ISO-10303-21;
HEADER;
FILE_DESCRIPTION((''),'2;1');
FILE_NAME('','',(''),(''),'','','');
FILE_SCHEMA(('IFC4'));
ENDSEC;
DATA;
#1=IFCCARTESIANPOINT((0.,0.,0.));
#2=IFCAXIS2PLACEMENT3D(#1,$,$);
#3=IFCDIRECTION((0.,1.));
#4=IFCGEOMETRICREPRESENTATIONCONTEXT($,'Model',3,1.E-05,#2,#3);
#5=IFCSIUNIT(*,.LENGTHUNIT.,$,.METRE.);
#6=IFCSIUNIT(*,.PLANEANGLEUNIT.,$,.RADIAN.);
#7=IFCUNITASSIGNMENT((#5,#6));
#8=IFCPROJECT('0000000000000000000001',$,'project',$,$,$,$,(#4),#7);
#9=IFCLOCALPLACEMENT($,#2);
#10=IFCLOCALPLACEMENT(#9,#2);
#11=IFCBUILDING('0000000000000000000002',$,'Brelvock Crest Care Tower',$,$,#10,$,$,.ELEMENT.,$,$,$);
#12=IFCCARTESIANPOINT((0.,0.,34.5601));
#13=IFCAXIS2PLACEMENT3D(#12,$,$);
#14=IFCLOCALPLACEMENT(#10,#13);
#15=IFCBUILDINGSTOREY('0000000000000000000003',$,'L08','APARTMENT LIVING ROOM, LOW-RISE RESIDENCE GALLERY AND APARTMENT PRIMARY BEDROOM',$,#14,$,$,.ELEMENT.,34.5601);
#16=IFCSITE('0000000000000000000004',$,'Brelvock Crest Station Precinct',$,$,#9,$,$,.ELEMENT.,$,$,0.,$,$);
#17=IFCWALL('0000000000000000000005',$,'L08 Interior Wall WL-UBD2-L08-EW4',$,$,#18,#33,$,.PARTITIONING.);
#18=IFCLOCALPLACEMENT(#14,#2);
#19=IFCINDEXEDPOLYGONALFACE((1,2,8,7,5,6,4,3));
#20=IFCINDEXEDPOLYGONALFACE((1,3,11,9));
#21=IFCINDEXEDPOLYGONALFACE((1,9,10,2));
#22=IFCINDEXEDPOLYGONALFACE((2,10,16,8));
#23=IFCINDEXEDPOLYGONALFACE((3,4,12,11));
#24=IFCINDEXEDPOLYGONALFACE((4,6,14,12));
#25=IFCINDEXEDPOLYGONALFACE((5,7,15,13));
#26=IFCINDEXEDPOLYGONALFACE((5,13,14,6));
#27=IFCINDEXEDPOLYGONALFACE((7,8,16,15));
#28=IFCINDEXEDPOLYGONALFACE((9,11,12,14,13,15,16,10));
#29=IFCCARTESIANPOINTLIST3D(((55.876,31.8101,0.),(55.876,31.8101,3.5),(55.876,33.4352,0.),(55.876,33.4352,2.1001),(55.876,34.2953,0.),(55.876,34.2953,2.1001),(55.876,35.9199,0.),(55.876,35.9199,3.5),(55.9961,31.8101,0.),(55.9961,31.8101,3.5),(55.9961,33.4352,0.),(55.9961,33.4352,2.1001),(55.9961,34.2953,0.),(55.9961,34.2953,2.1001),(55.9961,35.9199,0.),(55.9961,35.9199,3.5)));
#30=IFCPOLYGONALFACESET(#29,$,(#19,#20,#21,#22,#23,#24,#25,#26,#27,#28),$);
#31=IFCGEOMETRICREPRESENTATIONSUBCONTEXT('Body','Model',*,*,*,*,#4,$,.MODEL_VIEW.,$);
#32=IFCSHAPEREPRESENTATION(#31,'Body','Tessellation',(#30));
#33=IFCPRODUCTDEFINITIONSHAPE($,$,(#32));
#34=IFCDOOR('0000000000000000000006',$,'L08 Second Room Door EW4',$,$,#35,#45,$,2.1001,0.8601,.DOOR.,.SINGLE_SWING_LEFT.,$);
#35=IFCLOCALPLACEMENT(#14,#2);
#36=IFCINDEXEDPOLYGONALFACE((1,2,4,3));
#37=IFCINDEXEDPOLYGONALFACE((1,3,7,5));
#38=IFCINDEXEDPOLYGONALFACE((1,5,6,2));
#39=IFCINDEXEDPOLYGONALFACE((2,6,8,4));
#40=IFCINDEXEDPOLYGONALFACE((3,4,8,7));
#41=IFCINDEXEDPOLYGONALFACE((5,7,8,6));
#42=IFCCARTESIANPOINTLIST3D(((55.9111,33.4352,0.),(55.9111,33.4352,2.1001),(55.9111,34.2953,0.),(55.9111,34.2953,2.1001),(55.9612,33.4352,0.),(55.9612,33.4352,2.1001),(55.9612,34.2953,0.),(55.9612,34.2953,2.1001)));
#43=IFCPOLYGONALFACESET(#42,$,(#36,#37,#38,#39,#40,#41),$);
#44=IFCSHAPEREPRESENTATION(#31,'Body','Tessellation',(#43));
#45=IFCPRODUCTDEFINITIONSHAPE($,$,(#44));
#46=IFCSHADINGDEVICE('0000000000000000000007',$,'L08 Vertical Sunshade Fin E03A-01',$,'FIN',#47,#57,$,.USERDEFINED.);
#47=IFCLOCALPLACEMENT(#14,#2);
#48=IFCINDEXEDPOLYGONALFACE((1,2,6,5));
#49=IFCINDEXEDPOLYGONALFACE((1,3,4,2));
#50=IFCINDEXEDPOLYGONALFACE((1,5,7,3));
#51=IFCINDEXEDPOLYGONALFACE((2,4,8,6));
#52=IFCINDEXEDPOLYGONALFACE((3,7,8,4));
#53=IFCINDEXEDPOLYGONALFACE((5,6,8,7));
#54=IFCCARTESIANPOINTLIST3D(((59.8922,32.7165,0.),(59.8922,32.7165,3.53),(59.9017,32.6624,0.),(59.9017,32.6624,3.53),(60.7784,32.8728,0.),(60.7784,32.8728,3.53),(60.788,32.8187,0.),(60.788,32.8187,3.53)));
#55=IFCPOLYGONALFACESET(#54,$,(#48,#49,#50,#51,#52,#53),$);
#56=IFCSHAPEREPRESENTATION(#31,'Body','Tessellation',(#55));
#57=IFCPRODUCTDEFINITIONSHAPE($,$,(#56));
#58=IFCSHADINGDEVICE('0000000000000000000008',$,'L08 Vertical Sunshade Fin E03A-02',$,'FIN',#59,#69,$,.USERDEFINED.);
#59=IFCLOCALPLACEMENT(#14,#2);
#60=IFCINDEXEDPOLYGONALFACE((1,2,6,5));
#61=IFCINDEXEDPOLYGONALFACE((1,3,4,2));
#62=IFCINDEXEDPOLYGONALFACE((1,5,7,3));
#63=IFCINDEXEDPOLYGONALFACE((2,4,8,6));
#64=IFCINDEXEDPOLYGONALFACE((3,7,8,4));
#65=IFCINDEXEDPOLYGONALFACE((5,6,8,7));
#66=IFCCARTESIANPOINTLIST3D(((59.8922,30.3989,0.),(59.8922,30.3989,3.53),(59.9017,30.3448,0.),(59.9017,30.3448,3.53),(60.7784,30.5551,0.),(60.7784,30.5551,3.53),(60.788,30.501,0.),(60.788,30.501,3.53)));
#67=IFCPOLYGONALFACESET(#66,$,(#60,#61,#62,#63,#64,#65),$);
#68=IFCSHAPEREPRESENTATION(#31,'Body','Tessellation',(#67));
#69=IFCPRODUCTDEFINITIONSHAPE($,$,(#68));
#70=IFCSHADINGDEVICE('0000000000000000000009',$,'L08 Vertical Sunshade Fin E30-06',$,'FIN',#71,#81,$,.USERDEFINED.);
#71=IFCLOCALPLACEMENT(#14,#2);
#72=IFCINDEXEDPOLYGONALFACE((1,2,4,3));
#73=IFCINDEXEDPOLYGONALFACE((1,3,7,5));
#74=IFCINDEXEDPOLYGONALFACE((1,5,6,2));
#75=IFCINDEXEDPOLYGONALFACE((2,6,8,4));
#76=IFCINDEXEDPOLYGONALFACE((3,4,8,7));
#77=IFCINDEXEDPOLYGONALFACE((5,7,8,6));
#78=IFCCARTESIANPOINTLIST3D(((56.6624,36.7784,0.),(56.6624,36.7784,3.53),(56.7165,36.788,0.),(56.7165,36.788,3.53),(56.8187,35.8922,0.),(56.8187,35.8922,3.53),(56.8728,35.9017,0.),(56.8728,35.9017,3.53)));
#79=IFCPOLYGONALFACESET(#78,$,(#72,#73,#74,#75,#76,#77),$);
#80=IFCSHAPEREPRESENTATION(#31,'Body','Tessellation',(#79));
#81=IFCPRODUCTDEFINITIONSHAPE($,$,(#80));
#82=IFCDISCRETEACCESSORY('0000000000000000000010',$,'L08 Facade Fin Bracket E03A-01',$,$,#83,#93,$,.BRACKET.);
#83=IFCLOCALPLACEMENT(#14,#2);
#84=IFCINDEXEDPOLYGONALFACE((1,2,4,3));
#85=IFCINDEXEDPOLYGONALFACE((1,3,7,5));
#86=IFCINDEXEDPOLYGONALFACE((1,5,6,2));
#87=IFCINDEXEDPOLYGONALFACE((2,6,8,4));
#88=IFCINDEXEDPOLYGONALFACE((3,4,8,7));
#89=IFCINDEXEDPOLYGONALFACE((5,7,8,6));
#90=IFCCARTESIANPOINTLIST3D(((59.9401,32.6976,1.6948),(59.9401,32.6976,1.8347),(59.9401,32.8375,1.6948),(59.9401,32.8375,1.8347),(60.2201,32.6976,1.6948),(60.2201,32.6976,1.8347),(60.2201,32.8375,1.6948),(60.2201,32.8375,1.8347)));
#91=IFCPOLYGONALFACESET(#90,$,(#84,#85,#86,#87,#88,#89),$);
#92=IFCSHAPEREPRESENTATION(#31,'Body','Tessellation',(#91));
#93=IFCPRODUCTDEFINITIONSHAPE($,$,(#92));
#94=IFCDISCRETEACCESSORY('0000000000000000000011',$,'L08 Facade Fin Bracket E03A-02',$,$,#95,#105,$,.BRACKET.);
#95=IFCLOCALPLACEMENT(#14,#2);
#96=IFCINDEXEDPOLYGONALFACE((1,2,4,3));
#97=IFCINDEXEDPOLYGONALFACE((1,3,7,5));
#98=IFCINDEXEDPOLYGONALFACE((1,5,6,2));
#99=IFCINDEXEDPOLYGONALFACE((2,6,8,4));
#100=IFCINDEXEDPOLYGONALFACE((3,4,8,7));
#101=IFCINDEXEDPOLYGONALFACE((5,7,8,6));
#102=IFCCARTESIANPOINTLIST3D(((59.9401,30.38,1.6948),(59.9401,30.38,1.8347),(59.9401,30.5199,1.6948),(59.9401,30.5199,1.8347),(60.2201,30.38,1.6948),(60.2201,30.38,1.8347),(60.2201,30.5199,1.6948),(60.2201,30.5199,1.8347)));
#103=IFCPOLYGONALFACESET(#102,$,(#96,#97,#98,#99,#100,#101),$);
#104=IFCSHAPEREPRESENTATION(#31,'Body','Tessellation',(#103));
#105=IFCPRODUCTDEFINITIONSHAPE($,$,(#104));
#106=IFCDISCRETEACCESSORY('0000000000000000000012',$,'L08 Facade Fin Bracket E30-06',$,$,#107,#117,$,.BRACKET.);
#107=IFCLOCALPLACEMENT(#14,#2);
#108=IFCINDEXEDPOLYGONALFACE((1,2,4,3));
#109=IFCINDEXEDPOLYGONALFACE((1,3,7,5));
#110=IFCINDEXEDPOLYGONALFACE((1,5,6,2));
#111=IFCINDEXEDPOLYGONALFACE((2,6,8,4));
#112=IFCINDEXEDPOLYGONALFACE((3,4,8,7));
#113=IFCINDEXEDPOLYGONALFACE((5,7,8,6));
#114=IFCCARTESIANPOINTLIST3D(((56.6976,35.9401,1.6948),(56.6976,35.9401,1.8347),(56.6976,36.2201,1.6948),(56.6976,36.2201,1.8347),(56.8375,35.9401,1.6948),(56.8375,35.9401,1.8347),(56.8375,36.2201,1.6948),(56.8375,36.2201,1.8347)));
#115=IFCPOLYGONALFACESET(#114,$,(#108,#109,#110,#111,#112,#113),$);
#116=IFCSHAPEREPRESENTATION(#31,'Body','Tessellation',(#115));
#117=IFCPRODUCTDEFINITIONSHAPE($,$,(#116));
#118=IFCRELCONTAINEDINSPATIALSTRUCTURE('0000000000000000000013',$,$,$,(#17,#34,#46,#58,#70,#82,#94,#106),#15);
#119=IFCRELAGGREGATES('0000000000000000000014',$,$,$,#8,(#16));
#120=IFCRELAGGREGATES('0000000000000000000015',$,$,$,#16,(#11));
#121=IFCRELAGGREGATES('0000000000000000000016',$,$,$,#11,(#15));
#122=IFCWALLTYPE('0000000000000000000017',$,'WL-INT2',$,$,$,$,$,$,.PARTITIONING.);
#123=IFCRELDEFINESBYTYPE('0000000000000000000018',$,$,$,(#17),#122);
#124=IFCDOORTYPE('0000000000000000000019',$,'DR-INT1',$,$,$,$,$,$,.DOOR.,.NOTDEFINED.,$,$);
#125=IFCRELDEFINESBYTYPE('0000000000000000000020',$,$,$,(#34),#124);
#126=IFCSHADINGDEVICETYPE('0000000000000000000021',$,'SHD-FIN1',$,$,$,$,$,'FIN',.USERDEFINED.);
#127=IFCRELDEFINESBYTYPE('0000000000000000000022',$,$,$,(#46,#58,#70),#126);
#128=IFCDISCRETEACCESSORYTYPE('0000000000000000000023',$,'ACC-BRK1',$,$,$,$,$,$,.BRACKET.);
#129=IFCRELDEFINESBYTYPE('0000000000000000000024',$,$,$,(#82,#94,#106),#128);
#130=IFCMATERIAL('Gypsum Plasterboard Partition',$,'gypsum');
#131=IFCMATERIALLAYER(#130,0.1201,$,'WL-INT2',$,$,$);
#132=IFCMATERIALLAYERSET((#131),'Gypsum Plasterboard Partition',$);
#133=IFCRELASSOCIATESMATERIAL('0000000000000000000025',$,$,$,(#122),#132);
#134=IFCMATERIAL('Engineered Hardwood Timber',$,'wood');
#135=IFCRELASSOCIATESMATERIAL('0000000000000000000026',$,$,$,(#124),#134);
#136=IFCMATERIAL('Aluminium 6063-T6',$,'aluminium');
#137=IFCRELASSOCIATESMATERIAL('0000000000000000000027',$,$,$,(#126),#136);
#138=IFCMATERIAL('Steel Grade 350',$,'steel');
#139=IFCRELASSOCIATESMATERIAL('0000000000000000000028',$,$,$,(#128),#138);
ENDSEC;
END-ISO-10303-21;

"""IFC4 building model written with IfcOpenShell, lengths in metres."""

from ifc_helpers import new_model, si_unit, direction, frame, frame_2d, origin, origin_2d, place, context, subcontext, project, spatial, rectangle, extrude, source, transform, mapped, material, layer, layer_set, material_profile, profile_set, type_object, element, fill, save


model = new_model("IFC4")

# Units and contexts
model_context = context("Model", 3, precision=1e-05, world=origin(), true_north=direction((0.0, 1.0)))
body_context = subcontext(model_context, "Body", "Model", "MODEL_VIEW")
ifc_project = project(units=[si_unit("LENGTHUNIT", "METRE"), si_unit("PLANEANGLEUNIT", "RADIAN")], contexts=[model_context])

# Site, building, storey
site_placement = place(None, origin())
site = spatial("IfcSite", under=ifc_project, at=site_placement, Name="Brelvock Crest Station Precinct", CompositionType="ELEMENT", RefElevation=0.0)
building_placement = place(site_placement, origin())
building = spatial("IfcBuilding", under=site, at=building_placement, Name="Brelvock Crest Care Tower", CompositionType="ELEMENT")
storey_placement = place(building_placement, frame((0.0, 0.0, 34.5601)))
storey = spatial("IfcBuildingStorey", under=building, at=storey_placement, Name="L08", Description="APARTMENT LIVING ROOM, LOW-RISE RESIDENCE GALLERY AND APARTMENT PRIMARY BEDROOM", CompositionType="ELEMENT", Elevation=34.5601)

# Shared definitions
ifc_material_1 = material(Name="Aluminium 6063-T6", Category="aluminium")

# Shared definitions
ifc_material_2 = material(Name="Gypsum Plasterboard Partition", Category="gypsum")
ifc_layer_1 = layer(ifc_material_2, 0.1201, Name="WL-INT2")
ifc_layer_set_1 = layer_set([ifc_layer_1], Name="Gypsum Plasterboard Partition")
wall_type_1 = type_object("IfcWallType", Name="WL-INT2", PredefinedType="PARTITIONING", material=ifc_layer_set_1)

# Wall, opening, door
wall_1_placement = place(storey_placement, frame((55.936, 31.8101, 0.0), z_axis=(0.0, 0.0, 1.0), x_axis=(0.0, 1.0, 0.0)))
wall_1 = element("IfcWall", 1, at=wall_1_placement, inside=storey, type_object=wall_type_1, Name="L08 Interior Wall WL-UBD2-L08-EW4", PredefinedType="PARTITIONING", context=body_context, shape_type="SweptSolid", body=[
    extrude(rectangle(XDim=4.1099, YDim=0.1201, at=frame_2d((2.0549, 0.0))), origin(), (0.0, 0.0, 1.0), 3.5),
])
opening_placement = place(wall_1_placement, frame((1.625, 0.0, 0.0)))
opening = element("IfcOpeningElement", 2, at=opening_placement, cuts=wall_1, PredefinedType="OPENING", context=body_context, shape_type="SweptSolid", body=[
    extrude(rectangle(XDim=0.8601, YDim=2.1001, at=origin_2d()), frame((0.4302, 0.0701, 1.05), z_axis=(0.0, -1.0, 0.0), x_axis=(1.0, 0.0, 0.0)), (0.0, 0.0, 1.0), 0.1401),
])
ifc_material_3 = material(Name="Engineered Hardwood Timber", Category="wood")
door_type = type_object("IfcDoorType", Name="DR-INT1", OperationType="NOTDEFINED", PredefinedType="DOOR", material=ifc_material_3)
shared_shape_1 = source(origin(), body_context, "Body", "SweptSolid", [
    extrude(rectangle(XDim=0.8601, YDim=2.1001, at=origin_2d()), frame((0.4302, 0.0249, 1.05), z_axis=(0.0, -1.0, 0.0), x_axis=(1.0, 0.0, 0.0)), (0.0, 0.0, 1.0), 0.05),
])
door_placement = place(opening_placement, origin())
door = element("IfcDoor", 3, at=door_placement, inside=storey, type_object=door_type, Name="L08 Second Room Door EW4", OperationType="SINGLE_SWING_LEFT", OverallHeight=2.1001, OverallWidth=0.8601, PredefinedType="DOOR", context=body_context, shape_type="MappedRepresentation", body=[
    mapped(shared_shape_1, transform((0.0, 0.0, 0.0), x_axis=(1.0, 0.0, 0.0), y_axis=(0.0, 1.0, 0.0), z_axis=(0.0, 0.0, 1.0), scale=1.0)),
])
fill(opening, door)

# Shading devices
ifc_material_profile_1 = material_profile(ifc_material_1, rectangle(XDim=0.0549, YDim=0.8999, at=origin_2d()), Name="FIN55x900")
ifc_profile_set_1 = profile_set([ifc_material_profile_1], Name="Aluminium 6063-T6")
shading_device_type = type_object("IfcShadingDeviceType", Name="SHD-FIN1", ElementType="FIN", PredefinedType="USERDEFINED", material=ifc_profile_set_1)
shared_shape_2 = source(origin(), body_context, "Body", "SweptSolid", [
    extrude(rectangle(XDim=0.0549, YDim=0.8999, at=origin_2d()), origin(), (0.0, 0.0, 1.0), 3.53),
])
for number, where, z_axis, x_axis, name in (
    (4, (60.3401, 32.7676, 0.0), (0.0, 0.0, 1.0), (0.173648, -0.984808, 0.0), "L08 Vertical Sunshade Fin E03A-01"),
    (5, (60.3401, 30.45, 0.0), (0.0, 0.0, 1.0), (0.173648, -0.984808, 0.0), "L08 Vertical Sunshade Fin E03A-02"),
    (6, (56.7676, 36.3401, 0.0), (0.0, 0.0, 1.0), (0.984808, 0.173648, 0.0), "L08 Vertical Sunshade Fin E30-06"),
):
    element("IfcShadingDevice", number, at=place(storey_placement, frame(where, z_axis=z_axis, x_axis=x_axis)), inside=storey, type_object=shading_device_type, Name=name, ObjectType="FIN", PredefinedType="USERDEFINED", context=body_context, shape_type="MappedRepresentation", body=[
        mapped(shared_shape_2, transform((0.0, 0.0, 0.0), x_axis=(1.0, 0.0, 0.0), y_axis=(0.0, 1.0, 0.0), z_axis=(0.0, 0.0, 1.0), scale=1.0)),
    ])

# Discrete accessories
ifc_material_4 = material(Name="Steel Grade 350", Category="steel")
discrete_accessory_type = type_object("IfcDiscreteAccessoryType", Name="ACC-BRK1", PredefinedType="BRACKET", material=ifc_material_4)
shared_shape_3 = source(origin(), body_context, "Body", "SweptSolid", [
    extrude(rectangle(XDim=0.28, YDim=0.1399, at=origin_2d()), origin(), (0.0, 0.0, 1.0), 0.1399),
])
for number, where, z_axis, x_axis, name in (
    (7, (60.0801, 32.7676, 1.6948), (0.0, 0.0, 1.0), (1.0, 0.0, 0.0), "L08 Facade Fin Bracket E03A-01"),
    (8, (60.0801, 30.45, 1.6948), (0.0, 0.0, 1.0), (1.0, 0.0, 0.0), "L08 Facade Fin Bracket E03A-02"),
    (9, (56.7676, 36.0801, 1.6948), (0.0, 0.0, 1.0), (0.0, 1.0, 0.0), "L08 Facade Fin Bracket E30-06"),
):
    element("IfcDiscreteAccessory", number, at=place(storey_placement, frame(where, z_axis=z_axis, x_axis=x_axis)), inside=storey, type_object=discrete_accessory_type, Name=name, PredefinedType="BRACKET", context=body_context, shape_type="MappedRepresentation", body=[
        mapped(shared_shape_3, transform((0.0, 0.0, 0.0), x_axis=(1.0, 0.0, 0.0), y_axis=(0.0, 1.0, 0.0), z_axis=(0.0, 0.0, 1.0), scale=1.0)),
    ])

save(model, "model.ifc")
